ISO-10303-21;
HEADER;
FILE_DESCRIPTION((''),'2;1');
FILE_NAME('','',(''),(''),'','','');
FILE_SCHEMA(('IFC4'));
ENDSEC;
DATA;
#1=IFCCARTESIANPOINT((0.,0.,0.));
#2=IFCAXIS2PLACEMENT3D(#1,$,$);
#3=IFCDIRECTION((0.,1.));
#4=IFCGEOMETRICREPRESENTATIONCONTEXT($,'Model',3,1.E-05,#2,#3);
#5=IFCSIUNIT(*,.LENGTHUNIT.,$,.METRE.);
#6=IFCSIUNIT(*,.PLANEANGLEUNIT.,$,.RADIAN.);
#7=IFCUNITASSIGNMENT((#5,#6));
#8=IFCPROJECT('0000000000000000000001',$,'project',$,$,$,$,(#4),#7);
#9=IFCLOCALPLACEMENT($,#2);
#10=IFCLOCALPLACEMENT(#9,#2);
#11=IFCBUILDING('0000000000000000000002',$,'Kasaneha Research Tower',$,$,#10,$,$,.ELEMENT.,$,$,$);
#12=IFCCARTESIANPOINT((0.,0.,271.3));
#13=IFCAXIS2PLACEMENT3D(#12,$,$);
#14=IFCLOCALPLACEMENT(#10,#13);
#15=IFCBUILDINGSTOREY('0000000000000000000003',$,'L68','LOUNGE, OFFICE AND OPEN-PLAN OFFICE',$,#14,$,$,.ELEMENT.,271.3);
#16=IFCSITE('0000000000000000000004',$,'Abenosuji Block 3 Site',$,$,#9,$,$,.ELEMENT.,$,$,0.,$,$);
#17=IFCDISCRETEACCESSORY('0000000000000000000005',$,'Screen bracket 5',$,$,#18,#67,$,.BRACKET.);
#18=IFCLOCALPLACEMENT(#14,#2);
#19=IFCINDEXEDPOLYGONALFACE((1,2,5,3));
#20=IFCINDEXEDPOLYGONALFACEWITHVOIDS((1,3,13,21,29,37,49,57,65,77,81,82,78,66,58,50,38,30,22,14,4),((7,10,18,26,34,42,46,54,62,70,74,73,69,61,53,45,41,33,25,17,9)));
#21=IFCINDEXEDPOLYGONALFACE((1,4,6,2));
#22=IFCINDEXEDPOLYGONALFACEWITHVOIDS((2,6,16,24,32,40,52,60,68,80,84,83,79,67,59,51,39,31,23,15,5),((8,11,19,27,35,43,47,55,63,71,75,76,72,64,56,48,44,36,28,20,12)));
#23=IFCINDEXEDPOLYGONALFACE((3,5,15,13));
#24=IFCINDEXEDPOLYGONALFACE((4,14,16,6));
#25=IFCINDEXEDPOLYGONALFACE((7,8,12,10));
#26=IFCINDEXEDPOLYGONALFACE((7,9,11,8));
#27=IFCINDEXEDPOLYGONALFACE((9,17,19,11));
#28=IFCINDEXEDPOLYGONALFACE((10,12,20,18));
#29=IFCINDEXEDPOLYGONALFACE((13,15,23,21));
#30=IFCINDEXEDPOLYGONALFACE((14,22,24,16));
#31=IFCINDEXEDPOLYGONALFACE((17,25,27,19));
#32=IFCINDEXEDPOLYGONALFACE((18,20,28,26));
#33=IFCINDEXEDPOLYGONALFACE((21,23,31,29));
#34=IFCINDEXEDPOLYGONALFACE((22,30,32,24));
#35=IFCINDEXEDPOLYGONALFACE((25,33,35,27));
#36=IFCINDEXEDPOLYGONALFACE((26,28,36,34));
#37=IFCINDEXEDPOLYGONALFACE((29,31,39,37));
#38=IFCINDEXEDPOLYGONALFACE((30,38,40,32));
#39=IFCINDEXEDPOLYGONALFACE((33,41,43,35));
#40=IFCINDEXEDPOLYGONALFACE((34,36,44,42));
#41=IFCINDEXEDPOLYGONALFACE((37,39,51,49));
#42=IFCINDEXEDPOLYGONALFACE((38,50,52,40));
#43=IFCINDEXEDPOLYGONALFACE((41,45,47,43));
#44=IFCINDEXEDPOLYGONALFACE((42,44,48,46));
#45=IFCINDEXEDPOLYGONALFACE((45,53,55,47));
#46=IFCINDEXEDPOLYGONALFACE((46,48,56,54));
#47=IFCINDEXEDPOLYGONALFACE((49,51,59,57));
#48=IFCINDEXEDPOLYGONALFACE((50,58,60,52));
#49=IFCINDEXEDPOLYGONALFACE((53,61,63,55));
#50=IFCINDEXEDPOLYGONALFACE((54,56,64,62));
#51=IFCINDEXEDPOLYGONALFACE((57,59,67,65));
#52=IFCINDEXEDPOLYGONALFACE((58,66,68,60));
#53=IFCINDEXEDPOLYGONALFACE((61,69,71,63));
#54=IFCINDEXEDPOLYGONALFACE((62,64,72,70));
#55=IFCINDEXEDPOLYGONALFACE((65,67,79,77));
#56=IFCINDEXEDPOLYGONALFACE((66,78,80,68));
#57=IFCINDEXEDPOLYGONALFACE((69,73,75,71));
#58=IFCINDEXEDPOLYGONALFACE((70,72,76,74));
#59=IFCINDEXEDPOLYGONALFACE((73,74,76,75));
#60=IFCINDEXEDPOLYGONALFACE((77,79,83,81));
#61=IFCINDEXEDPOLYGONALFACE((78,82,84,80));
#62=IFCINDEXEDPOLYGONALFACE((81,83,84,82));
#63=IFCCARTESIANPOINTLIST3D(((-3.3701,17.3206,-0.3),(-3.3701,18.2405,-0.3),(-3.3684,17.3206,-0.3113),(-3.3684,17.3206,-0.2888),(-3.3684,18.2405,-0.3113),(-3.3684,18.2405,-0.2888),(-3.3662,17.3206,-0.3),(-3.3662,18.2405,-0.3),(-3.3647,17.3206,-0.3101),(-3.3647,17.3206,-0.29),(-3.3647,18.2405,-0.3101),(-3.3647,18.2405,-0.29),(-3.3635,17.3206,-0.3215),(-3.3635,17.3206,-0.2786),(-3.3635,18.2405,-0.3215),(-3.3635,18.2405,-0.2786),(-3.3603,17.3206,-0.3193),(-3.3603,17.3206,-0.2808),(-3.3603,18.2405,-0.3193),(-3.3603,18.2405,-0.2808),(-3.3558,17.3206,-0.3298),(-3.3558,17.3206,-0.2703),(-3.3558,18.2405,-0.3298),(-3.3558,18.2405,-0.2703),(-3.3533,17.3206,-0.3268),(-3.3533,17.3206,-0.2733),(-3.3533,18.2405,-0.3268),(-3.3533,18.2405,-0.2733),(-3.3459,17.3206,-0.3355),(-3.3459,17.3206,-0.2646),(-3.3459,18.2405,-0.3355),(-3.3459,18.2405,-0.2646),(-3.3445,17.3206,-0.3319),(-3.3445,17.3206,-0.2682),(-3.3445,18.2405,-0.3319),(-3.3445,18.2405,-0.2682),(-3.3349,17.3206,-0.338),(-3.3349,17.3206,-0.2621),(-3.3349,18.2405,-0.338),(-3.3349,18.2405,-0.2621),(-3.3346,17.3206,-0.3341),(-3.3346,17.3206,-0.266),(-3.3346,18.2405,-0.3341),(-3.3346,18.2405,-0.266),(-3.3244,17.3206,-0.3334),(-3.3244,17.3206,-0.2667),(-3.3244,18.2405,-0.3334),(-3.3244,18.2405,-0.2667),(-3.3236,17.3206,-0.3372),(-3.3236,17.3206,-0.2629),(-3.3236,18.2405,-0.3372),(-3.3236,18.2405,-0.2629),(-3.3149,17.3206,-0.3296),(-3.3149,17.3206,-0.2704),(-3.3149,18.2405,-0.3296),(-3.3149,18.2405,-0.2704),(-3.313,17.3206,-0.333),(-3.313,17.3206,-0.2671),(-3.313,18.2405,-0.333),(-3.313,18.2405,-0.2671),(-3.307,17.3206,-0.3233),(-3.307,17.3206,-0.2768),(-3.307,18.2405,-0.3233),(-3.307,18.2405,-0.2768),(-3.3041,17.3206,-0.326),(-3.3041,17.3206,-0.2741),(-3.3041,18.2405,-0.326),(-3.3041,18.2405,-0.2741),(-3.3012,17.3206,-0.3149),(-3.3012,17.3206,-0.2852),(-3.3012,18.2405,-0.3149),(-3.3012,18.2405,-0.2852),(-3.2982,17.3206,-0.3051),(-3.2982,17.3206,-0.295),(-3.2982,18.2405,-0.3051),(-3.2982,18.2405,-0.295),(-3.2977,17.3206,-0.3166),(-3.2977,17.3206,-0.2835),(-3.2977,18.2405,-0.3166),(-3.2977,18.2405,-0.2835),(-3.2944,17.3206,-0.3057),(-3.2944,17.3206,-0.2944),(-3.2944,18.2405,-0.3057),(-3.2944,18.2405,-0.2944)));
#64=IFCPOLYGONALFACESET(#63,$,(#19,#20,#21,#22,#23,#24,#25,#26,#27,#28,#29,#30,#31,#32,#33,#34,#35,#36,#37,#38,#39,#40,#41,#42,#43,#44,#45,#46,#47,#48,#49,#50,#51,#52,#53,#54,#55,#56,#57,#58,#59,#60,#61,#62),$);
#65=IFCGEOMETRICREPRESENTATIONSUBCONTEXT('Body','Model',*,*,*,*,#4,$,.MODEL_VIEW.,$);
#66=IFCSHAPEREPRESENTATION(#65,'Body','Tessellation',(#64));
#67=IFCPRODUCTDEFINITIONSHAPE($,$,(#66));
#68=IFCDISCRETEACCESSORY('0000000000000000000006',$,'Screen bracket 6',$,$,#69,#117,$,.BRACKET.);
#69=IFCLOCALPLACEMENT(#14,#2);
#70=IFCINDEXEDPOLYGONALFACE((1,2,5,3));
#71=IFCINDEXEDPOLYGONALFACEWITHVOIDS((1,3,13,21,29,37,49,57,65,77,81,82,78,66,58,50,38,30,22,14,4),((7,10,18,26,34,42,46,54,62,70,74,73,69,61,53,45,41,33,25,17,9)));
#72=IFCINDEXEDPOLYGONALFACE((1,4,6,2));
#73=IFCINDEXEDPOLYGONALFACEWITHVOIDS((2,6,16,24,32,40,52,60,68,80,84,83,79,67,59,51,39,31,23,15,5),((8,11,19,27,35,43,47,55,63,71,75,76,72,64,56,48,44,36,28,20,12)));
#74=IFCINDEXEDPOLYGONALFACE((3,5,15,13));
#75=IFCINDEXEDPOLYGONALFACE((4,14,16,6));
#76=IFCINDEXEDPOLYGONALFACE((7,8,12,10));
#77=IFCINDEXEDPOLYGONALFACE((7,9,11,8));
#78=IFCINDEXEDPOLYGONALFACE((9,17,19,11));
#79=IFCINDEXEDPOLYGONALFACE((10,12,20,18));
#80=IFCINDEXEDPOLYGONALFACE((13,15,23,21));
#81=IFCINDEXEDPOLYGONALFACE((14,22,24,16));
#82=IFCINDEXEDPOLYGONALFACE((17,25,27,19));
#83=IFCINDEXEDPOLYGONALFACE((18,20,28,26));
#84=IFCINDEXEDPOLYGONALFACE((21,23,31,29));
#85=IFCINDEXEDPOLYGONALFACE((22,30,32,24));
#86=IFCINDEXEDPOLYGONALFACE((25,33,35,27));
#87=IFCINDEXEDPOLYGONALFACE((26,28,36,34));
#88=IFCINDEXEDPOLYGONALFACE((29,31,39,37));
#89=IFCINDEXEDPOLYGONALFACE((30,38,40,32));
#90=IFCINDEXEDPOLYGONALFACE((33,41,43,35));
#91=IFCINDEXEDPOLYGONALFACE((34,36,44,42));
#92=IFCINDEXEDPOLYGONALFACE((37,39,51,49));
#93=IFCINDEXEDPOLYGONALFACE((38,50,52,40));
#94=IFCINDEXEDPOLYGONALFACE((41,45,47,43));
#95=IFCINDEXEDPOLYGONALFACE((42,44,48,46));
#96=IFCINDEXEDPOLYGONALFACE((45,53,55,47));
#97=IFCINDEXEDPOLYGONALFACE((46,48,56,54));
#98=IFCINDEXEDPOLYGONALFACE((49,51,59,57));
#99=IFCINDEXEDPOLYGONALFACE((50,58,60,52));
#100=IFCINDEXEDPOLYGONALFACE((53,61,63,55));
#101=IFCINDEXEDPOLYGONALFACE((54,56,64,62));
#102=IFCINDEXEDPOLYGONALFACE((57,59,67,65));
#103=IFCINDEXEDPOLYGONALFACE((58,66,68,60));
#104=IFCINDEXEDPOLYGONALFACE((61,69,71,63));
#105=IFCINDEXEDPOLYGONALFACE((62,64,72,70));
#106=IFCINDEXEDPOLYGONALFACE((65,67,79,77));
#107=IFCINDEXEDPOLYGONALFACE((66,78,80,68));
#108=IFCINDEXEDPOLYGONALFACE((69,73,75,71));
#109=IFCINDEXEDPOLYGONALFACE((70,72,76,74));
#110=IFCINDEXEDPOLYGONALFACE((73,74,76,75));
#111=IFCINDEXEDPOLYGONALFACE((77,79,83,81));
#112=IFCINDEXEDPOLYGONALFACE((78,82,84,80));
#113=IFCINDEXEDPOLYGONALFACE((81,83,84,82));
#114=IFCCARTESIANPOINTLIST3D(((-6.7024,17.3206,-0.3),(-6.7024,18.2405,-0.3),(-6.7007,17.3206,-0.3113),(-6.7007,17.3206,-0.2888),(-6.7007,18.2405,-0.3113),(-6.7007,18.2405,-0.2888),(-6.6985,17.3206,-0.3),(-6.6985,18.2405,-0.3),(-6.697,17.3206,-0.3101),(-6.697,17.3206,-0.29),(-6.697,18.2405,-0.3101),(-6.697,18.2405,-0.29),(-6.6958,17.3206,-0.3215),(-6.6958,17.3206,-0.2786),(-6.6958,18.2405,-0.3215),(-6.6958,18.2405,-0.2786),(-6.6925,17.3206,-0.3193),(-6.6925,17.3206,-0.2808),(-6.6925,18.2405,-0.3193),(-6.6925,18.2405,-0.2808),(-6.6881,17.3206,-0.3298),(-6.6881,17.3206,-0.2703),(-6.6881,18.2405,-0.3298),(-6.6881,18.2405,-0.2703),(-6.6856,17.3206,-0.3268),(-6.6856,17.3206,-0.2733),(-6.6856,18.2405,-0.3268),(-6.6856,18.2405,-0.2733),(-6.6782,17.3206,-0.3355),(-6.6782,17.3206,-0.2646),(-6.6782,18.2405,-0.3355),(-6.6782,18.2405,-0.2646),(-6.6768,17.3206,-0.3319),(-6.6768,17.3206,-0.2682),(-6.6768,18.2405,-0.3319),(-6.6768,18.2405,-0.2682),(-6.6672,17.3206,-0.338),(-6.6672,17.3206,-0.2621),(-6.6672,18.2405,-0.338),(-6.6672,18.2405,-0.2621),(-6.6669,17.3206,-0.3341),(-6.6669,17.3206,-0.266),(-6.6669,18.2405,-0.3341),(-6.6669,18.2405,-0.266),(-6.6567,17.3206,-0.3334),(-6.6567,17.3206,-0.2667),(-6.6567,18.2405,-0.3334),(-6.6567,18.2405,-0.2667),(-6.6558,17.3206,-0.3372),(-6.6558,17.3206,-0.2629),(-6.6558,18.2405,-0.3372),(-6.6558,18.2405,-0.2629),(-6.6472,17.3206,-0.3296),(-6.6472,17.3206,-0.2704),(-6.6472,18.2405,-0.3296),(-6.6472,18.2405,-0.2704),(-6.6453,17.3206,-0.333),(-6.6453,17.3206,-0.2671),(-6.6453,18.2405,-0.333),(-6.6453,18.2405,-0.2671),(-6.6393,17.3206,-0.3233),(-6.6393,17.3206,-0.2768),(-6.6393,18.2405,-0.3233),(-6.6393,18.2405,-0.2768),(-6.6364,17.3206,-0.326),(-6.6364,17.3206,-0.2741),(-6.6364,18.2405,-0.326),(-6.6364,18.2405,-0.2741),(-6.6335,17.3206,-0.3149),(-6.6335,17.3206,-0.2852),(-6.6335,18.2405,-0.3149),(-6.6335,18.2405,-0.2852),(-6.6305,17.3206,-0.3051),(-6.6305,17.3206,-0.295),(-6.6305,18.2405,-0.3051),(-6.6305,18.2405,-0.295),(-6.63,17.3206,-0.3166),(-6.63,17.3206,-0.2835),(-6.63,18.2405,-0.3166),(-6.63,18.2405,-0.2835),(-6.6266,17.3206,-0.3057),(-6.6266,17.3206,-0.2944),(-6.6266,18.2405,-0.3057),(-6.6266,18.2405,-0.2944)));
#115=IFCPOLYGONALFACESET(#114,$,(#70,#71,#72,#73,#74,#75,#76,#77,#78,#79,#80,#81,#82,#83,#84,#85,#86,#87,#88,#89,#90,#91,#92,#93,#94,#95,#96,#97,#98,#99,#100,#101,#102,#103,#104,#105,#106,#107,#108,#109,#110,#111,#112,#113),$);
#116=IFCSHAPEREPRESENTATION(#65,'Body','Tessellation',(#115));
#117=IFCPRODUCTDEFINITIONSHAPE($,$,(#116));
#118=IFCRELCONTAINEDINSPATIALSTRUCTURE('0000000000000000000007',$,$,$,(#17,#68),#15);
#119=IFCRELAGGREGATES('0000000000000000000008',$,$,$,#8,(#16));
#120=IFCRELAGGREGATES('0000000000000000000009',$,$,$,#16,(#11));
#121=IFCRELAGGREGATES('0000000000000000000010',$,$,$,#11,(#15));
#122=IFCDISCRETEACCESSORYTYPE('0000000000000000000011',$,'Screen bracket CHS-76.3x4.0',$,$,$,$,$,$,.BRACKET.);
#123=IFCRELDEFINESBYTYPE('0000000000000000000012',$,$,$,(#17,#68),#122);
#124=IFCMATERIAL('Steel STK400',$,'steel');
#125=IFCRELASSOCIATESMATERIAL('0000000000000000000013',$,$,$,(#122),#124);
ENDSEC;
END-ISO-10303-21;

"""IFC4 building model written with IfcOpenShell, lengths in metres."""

from ifc_helpers import new_model, si_unit, direction, frame, origin, origin_2d, place, context, subcontext, project, spatial, hollow_circle, extrude, material, material_profile, profile_set, type_object, element, save


model = new_model("IFC4")

# Units and contexts
model_context = context("Model", 3, precision=1e-05, world=origin(), true_north=direction((0.0, 1.0)))
body_context = subcontext(model_context, "Body", "Model", "MODEL_VIEW")
ifc_project = project(units=[si_unit("LENGTHUNIT", "METRE"), si_unit("PLANEANGLEUNIT", "RADIAN")], contexts=[model_context])

# Site, building, storey
site_placement = place(None, origin())
site = spatial("IfcSite", under=ifc_project, at=site_placement, Name="Abenosuji Block 3 Site", CompositionType="ELEMENT", RefElevation=0.0)
building_placement = place(site_placement, origin())
building = spatial("IfcBuilding", under=site, at=building_placement, Name="Kasaneha Research Tower", CompositionType="ELEMENT")
storey_placement = place(building_placement, frame((0.0, 0.0, 271.3)))
storey = spatial("IfcBuildingStorey", under=building, at=storey_placement, Name="L68", Description="LOUNGE, OFFICE AND OPEN-PLAN OFFICE", CompositionType="ELEMENT", Elevation=271.3)

# Discrete accessories
ifc_material_1 = material(Name="Steel STK400", Category="steel")
ifc_material_profile_1 = material_profile(ifc_material_1, hollow_circle(Radius=0.0381, WallThickness=0.0039, at=origin_2d()), Name="CHS-76.3x4.0")
ifc_profile_set_1 = profile_set([ifc_material_profile_1], Name="Steel STK400")
discrete_accessory_type = type_object("IfcDiscreteAccessoryType", Name="Screen bracket CHS-76.3x4.0", PredefinedType="BRACKET", material=ifc_profile_set_1)
for number, where, z_axis, x_axis, name in (
    (1, (-3.332, 17.3206, -0.3), (0.0, 1.0, 0.0), (-1.0, 0.0, 0.0), "Screen bracket 5"),
    (2, (-6.6643, 17.3206, -0.3), (0.0, 1.0, 0.0), (-1.0, 0.0, 0.0), "Screen bracket 6"),
):
    element("IfcDiscreteAccessory", number, at=place(storey_placement, frame(where, z_axis=z_axis, x_axis=x_axis)), inside=storey, type_object=discrete_accessory_type, Name=name, PredefinedType="BRACKET", context=body_context, shape_type="SweptSolid", body=[
        extrude(hollow_circle(Radius=0.0381, WallThickness=0.0039, at=origin_2d()), origin(), (0.0, 0.0, 1.0), 0.9199),
    ])

save(model, "model.ifc")
